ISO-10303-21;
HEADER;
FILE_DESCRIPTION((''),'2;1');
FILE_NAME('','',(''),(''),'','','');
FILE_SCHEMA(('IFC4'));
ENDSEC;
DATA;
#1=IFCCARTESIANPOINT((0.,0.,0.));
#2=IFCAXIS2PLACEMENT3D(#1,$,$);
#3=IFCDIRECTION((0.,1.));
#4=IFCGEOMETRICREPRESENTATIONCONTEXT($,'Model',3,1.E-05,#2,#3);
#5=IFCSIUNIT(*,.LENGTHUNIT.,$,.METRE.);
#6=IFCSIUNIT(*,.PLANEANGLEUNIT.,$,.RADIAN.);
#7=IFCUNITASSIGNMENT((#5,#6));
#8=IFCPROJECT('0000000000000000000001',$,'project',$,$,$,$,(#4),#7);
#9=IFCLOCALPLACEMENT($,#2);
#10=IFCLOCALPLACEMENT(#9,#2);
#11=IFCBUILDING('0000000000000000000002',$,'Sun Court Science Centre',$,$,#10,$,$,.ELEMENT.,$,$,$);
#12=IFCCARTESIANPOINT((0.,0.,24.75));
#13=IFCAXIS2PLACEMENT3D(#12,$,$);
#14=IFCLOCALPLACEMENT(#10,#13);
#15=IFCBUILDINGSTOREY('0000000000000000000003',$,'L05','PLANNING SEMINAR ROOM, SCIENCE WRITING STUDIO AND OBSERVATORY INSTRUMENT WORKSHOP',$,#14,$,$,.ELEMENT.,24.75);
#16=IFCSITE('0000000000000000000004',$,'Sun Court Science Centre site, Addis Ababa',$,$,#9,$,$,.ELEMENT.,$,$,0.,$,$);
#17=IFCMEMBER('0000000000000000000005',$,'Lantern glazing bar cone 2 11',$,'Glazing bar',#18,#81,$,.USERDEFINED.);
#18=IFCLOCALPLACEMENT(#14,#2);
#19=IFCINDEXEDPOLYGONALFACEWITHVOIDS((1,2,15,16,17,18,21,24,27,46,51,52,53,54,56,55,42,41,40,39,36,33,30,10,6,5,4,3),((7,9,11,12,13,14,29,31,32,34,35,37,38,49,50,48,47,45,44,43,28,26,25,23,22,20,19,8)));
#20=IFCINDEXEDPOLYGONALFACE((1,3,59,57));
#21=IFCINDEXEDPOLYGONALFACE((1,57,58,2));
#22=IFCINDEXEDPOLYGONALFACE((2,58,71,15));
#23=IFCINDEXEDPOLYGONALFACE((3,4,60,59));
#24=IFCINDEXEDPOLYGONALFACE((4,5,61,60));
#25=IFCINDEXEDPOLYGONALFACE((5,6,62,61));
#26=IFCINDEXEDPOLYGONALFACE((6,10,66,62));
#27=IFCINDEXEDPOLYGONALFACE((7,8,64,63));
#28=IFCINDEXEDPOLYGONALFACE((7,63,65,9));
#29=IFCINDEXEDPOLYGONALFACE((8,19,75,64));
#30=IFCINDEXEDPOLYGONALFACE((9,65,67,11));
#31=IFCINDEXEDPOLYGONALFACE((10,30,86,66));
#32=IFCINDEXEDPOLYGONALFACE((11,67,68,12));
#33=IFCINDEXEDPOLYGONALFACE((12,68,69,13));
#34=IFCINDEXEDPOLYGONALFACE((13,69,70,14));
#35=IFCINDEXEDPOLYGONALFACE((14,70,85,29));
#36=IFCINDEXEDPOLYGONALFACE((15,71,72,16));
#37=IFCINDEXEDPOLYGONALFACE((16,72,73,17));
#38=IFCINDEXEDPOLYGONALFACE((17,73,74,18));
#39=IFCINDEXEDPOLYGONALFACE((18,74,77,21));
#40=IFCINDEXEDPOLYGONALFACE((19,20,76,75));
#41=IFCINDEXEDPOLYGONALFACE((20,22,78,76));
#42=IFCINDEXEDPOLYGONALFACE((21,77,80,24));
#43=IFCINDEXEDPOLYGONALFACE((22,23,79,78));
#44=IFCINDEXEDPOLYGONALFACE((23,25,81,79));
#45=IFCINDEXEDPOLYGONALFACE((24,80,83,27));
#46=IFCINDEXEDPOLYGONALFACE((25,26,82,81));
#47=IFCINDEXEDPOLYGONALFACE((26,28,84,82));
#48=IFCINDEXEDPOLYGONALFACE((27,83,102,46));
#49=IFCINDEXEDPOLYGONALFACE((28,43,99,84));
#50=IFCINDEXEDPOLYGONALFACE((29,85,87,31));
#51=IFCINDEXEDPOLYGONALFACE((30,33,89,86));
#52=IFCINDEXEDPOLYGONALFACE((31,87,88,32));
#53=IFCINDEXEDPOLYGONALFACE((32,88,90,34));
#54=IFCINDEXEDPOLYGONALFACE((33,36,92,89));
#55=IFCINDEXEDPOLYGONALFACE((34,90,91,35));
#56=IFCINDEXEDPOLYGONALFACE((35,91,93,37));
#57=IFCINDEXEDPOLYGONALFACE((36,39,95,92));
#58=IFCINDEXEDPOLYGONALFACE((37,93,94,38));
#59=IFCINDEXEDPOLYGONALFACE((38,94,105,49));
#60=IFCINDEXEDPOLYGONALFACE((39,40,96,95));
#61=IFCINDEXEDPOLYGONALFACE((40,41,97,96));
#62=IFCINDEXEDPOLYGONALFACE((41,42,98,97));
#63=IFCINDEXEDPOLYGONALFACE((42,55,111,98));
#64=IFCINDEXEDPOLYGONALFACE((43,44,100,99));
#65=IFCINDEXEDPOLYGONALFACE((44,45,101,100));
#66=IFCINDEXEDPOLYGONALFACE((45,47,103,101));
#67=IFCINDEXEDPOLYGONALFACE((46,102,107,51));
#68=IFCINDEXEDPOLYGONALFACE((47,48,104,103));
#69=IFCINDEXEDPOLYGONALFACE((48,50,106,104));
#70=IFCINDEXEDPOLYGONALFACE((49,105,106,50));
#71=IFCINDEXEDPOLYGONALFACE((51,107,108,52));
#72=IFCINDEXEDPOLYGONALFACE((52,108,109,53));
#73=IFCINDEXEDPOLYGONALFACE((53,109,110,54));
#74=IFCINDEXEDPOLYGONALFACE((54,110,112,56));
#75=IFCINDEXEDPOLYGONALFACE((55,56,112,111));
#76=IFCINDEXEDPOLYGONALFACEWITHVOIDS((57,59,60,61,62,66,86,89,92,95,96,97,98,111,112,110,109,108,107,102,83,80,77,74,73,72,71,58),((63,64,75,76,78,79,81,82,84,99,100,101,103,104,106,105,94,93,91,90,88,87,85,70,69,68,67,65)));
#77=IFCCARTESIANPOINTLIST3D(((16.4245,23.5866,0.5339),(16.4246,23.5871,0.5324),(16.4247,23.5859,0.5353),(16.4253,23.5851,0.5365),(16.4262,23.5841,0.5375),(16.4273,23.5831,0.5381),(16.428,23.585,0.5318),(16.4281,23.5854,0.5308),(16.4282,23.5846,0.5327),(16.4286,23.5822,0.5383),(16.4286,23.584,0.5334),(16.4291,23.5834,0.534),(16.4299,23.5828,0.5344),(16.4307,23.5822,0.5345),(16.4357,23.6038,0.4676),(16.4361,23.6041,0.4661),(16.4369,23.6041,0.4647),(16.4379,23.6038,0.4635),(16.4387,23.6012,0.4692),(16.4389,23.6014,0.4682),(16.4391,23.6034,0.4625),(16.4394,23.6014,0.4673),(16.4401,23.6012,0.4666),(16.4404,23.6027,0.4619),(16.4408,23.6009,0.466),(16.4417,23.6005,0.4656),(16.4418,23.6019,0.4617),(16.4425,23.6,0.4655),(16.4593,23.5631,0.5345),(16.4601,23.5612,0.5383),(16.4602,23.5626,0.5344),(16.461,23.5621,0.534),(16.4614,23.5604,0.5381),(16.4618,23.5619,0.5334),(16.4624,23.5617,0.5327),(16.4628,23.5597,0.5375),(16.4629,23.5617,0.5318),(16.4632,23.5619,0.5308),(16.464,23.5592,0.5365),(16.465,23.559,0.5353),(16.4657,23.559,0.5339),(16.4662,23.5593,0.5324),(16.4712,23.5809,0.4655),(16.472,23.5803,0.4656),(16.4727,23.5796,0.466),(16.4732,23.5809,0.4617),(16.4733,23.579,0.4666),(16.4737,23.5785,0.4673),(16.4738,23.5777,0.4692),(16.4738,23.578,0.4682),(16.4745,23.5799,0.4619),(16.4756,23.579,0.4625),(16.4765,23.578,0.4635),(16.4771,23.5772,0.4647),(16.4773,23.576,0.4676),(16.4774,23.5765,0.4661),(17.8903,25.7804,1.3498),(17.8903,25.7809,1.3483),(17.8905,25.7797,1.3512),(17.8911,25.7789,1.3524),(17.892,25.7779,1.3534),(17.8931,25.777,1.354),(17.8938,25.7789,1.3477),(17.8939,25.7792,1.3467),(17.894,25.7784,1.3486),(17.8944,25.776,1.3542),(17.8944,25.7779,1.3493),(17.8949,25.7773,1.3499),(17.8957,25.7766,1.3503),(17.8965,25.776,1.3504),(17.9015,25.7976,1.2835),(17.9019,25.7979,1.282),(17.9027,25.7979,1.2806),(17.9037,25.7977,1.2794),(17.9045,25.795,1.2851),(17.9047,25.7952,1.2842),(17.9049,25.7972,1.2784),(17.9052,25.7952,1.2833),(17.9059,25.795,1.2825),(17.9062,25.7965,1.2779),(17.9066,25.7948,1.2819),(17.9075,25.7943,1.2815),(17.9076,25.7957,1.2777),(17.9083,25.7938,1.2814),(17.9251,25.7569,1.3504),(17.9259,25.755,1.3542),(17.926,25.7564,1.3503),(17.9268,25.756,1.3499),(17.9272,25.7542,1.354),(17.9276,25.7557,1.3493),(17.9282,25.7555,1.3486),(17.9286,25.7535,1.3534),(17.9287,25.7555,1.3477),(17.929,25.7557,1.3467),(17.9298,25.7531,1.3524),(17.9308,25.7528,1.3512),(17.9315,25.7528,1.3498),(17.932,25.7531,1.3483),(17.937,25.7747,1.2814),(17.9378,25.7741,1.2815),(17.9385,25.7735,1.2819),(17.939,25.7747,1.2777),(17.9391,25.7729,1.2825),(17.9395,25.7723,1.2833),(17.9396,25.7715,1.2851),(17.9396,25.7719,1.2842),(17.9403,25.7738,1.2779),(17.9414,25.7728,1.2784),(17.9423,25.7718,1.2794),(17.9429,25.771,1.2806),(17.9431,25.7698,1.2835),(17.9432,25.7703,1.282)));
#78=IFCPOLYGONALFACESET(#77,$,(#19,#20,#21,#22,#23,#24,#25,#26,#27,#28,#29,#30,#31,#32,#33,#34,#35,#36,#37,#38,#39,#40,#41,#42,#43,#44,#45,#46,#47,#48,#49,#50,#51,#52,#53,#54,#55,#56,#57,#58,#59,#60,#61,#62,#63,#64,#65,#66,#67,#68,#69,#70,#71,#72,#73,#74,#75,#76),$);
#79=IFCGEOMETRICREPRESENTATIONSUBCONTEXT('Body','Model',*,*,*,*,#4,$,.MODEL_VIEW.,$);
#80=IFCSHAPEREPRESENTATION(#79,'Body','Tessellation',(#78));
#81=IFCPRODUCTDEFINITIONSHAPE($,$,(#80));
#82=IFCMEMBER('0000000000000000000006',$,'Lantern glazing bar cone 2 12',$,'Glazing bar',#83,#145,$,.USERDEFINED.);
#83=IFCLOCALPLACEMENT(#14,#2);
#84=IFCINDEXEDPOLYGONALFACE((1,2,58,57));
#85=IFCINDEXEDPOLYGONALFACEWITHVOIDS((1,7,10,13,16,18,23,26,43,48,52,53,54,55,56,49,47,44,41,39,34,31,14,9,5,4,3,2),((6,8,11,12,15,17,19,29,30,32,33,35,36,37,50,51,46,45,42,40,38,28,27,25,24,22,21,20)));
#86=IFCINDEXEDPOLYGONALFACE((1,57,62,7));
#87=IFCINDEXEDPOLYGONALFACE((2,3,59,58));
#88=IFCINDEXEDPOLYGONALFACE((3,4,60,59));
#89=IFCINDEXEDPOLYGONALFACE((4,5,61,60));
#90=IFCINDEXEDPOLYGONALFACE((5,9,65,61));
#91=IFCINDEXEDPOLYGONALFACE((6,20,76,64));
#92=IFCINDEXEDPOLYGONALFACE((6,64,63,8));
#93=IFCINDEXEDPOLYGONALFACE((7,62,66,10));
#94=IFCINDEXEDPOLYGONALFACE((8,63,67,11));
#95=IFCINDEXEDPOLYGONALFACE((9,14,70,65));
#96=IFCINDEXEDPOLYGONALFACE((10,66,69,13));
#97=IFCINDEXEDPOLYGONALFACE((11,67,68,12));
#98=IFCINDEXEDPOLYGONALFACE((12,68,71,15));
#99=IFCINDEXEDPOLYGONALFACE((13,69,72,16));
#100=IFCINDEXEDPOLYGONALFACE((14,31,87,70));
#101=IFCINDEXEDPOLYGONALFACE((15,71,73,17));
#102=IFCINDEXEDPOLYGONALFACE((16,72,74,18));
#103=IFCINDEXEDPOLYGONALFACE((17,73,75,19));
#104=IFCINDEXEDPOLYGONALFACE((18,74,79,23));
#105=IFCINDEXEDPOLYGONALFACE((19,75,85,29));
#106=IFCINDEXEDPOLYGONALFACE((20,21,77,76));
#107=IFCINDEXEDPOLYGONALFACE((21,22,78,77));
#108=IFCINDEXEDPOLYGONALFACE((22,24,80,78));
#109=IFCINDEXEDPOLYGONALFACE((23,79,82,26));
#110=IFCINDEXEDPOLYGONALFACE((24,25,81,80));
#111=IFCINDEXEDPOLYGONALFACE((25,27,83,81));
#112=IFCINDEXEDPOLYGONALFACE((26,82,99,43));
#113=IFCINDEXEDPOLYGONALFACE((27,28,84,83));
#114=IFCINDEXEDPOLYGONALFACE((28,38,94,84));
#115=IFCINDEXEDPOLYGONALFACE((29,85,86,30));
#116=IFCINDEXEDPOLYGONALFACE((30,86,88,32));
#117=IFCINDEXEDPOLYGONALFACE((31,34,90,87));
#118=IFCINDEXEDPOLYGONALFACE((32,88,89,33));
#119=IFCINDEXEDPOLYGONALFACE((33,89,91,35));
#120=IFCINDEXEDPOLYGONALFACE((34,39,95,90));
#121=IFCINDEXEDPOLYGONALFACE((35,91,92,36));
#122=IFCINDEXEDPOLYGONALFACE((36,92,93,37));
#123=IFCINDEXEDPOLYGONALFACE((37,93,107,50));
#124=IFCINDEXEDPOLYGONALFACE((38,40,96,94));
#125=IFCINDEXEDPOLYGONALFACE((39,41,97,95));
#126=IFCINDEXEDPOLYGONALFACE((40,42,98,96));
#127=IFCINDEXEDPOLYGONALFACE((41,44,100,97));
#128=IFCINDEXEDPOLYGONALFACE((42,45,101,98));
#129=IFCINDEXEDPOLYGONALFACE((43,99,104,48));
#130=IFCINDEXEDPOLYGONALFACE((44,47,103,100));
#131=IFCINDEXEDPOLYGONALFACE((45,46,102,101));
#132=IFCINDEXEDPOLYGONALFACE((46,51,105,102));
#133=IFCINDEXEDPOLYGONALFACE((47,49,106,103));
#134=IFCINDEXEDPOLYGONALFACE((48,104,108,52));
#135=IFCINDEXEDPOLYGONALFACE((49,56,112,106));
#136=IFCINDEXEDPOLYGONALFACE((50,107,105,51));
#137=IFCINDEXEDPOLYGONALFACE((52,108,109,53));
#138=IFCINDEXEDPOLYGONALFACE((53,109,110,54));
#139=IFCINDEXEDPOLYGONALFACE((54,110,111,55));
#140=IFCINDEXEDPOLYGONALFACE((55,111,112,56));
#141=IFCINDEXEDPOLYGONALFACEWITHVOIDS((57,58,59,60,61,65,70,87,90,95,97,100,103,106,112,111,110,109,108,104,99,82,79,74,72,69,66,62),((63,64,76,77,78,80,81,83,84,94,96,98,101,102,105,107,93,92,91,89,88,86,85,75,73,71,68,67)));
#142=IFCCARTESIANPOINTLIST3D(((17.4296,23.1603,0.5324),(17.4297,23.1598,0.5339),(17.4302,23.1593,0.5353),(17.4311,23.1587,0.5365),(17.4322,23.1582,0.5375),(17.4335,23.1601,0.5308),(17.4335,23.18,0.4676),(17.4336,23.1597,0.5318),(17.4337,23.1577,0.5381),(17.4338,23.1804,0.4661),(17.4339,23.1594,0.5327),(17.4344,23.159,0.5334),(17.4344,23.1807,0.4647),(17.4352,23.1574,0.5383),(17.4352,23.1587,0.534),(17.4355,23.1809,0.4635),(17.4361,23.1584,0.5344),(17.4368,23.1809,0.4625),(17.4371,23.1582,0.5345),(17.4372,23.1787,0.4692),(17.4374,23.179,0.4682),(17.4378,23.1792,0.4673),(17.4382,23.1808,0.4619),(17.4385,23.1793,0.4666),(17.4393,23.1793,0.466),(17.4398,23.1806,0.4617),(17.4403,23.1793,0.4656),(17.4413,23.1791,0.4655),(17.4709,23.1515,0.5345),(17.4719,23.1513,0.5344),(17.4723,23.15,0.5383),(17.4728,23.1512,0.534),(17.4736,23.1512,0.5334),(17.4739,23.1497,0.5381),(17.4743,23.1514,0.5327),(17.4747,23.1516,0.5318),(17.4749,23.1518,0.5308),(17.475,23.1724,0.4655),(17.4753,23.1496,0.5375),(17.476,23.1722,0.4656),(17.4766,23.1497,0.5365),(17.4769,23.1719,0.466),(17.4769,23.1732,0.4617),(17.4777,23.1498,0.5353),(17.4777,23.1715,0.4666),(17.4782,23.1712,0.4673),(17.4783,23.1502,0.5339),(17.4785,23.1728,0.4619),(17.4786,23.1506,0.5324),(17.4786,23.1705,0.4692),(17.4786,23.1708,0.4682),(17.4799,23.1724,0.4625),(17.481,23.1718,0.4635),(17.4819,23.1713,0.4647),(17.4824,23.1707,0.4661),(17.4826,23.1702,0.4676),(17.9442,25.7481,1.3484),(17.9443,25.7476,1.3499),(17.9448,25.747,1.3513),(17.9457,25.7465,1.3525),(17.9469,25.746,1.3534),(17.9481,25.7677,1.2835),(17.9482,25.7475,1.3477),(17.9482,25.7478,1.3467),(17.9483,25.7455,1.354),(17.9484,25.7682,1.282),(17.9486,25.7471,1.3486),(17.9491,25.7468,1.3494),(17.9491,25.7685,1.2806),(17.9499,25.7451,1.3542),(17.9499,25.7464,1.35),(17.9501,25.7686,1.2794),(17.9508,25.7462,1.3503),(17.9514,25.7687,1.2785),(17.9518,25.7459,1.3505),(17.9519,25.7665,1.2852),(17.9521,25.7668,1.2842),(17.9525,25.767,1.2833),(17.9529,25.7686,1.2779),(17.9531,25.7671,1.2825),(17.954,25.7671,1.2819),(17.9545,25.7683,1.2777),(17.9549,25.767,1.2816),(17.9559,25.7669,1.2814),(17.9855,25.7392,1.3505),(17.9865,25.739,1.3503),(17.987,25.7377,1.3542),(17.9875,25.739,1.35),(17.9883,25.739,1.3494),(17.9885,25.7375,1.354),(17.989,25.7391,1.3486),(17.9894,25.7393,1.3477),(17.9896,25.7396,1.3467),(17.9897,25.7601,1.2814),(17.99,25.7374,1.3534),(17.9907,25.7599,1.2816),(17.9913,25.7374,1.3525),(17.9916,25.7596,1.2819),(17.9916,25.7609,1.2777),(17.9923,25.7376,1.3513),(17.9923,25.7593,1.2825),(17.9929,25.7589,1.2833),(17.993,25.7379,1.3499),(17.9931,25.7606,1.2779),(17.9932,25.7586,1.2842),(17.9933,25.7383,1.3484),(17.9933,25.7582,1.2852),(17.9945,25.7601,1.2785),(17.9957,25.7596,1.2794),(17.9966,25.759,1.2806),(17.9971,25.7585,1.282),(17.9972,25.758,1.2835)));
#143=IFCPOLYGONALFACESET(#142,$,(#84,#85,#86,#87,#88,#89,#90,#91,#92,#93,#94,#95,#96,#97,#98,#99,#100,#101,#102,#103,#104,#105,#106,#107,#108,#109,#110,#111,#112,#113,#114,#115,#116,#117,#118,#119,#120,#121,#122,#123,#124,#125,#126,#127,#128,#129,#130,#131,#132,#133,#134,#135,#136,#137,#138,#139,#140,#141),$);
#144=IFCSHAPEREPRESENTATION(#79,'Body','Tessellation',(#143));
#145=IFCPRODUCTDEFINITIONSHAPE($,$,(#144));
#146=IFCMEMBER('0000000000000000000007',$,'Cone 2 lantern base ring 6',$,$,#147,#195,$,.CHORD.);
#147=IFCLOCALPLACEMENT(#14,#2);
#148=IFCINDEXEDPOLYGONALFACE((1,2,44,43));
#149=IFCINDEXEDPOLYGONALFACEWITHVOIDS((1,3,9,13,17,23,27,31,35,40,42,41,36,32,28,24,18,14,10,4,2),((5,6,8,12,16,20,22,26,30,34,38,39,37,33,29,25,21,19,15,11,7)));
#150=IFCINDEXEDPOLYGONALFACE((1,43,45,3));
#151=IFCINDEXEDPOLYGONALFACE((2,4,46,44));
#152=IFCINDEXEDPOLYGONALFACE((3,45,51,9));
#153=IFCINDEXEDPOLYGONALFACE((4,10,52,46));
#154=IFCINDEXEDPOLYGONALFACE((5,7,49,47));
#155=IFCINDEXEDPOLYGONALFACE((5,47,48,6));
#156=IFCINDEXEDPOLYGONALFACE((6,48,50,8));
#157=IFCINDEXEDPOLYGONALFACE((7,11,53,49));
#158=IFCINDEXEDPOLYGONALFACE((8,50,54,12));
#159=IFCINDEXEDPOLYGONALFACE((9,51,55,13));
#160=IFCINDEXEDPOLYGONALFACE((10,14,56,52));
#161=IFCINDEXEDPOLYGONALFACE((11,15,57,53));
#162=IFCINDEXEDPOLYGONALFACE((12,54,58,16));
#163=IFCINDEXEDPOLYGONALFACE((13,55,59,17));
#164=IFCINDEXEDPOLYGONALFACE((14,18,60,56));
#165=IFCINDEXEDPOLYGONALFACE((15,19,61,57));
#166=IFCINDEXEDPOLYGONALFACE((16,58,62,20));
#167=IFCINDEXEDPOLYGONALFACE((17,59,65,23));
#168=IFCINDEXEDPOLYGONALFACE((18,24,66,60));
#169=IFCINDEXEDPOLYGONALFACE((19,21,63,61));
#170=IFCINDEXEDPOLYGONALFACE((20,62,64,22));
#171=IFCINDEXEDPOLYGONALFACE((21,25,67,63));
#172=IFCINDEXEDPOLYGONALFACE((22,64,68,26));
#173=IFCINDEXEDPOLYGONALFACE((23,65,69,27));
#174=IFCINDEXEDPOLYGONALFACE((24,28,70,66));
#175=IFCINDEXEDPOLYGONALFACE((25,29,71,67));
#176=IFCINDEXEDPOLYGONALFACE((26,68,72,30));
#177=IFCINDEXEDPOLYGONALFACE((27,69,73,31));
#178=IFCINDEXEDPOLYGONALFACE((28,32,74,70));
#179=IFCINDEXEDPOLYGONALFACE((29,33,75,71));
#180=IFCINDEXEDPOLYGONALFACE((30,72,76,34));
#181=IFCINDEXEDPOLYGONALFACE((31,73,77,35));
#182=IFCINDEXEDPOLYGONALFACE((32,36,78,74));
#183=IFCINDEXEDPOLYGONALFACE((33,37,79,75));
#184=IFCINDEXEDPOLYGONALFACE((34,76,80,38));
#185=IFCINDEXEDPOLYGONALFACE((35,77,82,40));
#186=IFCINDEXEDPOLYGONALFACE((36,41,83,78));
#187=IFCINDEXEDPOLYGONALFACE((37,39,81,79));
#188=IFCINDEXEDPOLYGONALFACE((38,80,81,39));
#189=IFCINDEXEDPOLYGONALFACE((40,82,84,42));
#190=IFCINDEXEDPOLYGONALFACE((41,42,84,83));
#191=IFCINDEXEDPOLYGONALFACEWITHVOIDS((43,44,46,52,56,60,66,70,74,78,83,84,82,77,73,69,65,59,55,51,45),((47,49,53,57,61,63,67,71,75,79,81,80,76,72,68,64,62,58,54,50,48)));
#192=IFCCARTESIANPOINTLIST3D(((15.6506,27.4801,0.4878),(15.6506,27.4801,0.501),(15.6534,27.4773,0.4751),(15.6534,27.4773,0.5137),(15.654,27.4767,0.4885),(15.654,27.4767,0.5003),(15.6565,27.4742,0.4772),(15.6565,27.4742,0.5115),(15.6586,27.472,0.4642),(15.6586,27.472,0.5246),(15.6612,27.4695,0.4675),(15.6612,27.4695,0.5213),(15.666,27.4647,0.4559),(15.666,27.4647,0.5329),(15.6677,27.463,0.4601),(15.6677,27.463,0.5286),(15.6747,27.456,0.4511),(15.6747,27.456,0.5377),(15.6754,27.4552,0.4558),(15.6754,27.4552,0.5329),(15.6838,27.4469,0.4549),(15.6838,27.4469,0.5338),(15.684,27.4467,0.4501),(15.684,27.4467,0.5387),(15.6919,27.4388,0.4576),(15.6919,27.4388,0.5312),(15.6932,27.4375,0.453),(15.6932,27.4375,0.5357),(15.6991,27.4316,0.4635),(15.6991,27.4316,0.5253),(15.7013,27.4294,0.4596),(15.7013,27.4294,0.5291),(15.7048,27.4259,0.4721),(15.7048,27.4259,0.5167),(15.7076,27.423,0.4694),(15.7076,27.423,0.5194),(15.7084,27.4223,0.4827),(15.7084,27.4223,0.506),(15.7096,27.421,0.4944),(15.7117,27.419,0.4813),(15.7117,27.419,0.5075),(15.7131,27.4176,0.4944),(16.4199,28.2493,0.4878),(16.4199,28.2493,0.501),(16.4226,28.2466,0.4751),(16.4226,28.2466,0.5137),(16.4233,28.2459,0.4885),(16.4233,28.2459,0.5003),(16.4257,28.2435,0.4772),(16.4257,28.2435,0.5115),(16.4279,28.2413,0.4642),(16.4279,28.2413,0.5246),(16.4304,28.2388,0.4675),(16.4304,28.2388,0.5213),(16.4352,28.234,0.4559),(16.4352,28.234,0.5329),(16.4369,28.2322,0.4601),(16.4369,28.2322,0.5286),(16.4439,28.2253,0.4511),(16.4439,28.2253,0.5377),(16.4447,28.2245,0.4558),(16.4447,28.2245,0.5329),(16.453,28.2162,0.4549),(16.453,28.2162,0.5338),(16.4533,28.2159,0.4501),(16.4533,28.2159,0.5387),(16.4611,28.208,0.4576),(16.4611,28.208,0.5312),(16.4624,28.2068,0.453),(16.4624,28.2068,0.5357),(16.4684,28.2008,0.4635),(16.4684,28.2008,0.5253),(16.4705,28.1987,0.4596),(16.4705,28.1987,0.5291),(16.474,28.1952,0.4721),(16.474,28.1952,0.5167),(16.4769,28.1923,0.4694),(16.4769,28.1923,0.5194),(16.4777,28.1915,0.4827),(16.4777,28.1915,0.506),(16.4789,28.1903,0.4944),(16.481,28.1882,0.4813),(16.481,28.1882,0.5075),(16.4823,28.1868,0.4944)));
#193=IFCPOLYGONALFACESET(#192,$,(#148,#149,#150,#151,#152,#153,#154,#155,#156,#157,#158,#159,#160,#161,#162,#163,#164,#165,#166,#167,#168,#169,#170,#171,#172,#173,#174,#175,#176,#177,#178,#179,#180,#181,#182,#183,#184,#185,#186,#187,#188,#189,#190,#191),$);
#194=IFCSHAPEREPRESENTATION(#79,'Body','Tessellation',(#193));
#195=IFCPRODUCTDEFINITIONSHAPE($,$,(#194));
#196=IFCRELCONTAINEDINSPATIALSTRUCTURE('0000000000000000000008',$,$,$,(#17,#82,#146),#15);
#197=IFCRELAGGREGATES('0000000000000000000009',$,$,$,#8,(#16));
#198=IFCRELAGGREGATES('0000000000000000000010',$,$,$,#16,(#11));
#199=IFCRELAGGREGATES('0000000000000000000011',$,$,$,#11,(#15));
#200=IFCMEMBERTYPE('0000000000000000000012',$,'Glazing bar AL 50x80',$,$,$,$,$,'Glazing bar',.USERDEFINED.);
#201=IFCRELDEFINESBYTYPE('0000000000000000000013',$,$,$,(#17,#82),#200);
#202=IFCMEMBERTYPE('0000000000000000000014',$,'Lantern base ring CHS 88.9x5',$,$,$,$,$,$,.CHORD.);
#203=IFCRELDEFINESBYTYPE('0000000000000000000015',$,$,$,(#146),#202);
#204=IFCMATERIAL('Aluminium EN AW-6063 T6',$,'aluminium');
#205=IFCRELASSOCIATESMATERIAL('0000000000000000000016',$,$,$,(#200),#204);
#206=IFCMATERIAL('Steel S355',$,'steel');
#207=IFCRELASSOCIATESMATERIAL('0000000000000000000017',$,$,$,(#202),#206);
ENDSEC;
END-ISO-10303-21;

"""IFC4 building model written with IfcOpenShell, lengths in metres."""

from ifc_helpers import new_model, si_unit, direction, frame, origin, origin_2d, place, context, subcontext, project, spatial, hollow_rectangle, hollow_circle, extrude, material, material_profile, profile_set, type_object, element, save


model = new_model("IFC4")

# Units and contexts
model_context = context("Model", 3, precision=1e-05, world=origin(), true_north=direction((0.0, 1.0)))
body_context = subcontext(model_context, "Body", "Model", "MODEL_VIEW")
ifc_project = project(units=[si_unit("LENGTHUNIT", "METRE"), si_unit("PLANEANGLEUNIT", "RADIAN")], contexts=[model_context])

# Site, building, storey
site_placement = place(None, origin())
site = spatial("IfcSite", under=ifc_project, at=site_placement, Name="Sun Court Science Centre site, Addis Ababa", CompositionType="ELEMENT", RefElevation=0.0)
building_placement = place(site_placement, origin())
building = spatial("IfcBuilding", under=site, at=building_placement, Name="Sun Court Science Centre", CompositionType="ELEMENT")
storey_placement = place(building_placement, frame((0.0, 0.0, 24.75)))
storey = spatial("IfcBuildingStorey", under=building, at=storey_placement, Name="L05", Description="PLANNING SEMINAR ROOM, SCIENCE WRITING STUDIO AND OBSERVATORY INSTRUMENT WORKSHOP", CompositionType="ELEMENT", Elevation=24.75)

# Members
ifc_material_1 = material(Name="Aluminium EN AW-6063 T6", Category="aluminium")
ifc_material_profile_1 = material_profile(ifc_material_1, hollow_rectangle(XDim=0.05, YDim=0.0801, WallThickness=0.0039, InnerFilletRadius=0.0039, OuterFilletRadius=0.0061, at=origin_2d()), Name="AL 50x80x4")
ifc_profile_set_1 = profile_set([ifc_material_profile_1], Name="Aluminium EN AW-6063 T6")
member_type_1 = type_object("IfcMemberType", Name="Glazing bar AL 50x80", ElementType="Glazing bar", PredefinedType="USERDEFINED", material=ifc_profile_set_1)
for number, where, z_axis, x_axis, name in (
    (1, (16.4509, 23.5815, 0.5), (0.530756, 0.794366, 0.295434), (-0.83148, 0.555554, 0.0), "Lantern glazing bar cone 2 11"),
    (2, (17.4561, 23.1653, 0.5), (0.186358, 0.937006, 0.29545), (-0.98079, 0.195066, 0.0), "Lantern glazing bar cone 2 12"),
):
    element("IfcMember", number, at=place(storey_placement, frame(where, z_axis=z_axis, x_axis=x_axis)), inside=storey, type_object=member_type_1, Name=name, ObjectType="Glazing bar", PredefinedType="USERDEFINED", context=body_context, shape_type="SweptSolid", body=[
        extrude(hollow_rectangle(XDim=0.05, YDim=0.0801, WallThickness=0.0039, InnerFilletRadius=0.0039, OuterFilletRadius=0.0061, at=origin_2d()), origin(), (0.0, 0.0, 1.0), 2.7617),
    ])
ifc_material_2 = material(Name="Steel S355", Category="steel")
ifc_material_profile_2 = material_profile(ifc_material_2, hollow_circle(Radius=0.0444, WallThickness=0.0049, at=origin_2d()), Name="CHS 88.9x5")
ifc_profile_set_2 = profile_set([ifc_material_profile_2], Name="Steel S355")
member_type_2 = type_object("IfcMemberType", Name="Lantern base ring CHS 88.9x5", PredefinedType="CHORD", material=ifc_profile_set_2)
for number, where, z_axis, x_axis, name in (
    (3, (16.4509, 28.2183, 0.4944), (-0.707107, -0.707107, 0.0), (0.707107, -0.707107, 0.0), "Cone 2 lantern base ring 6"),
):
    element("IfcMember", number, at=place(storey_placement, frame(where, z_axis=z_axis, x_axis=x_axis)), inside=storey, type_object=member_type_2, Name=name, PredefinedType="CHORD", context=body_context, shape_type="SweptSolid", body=[
        extrude(hollow_circle(Radius=0.0444, WallThickness=0.0049, at=origin_2d()), origin(), (0.0, 0.0, 1.0), 1.0879),
    ])

save(model, "model.ifc")
